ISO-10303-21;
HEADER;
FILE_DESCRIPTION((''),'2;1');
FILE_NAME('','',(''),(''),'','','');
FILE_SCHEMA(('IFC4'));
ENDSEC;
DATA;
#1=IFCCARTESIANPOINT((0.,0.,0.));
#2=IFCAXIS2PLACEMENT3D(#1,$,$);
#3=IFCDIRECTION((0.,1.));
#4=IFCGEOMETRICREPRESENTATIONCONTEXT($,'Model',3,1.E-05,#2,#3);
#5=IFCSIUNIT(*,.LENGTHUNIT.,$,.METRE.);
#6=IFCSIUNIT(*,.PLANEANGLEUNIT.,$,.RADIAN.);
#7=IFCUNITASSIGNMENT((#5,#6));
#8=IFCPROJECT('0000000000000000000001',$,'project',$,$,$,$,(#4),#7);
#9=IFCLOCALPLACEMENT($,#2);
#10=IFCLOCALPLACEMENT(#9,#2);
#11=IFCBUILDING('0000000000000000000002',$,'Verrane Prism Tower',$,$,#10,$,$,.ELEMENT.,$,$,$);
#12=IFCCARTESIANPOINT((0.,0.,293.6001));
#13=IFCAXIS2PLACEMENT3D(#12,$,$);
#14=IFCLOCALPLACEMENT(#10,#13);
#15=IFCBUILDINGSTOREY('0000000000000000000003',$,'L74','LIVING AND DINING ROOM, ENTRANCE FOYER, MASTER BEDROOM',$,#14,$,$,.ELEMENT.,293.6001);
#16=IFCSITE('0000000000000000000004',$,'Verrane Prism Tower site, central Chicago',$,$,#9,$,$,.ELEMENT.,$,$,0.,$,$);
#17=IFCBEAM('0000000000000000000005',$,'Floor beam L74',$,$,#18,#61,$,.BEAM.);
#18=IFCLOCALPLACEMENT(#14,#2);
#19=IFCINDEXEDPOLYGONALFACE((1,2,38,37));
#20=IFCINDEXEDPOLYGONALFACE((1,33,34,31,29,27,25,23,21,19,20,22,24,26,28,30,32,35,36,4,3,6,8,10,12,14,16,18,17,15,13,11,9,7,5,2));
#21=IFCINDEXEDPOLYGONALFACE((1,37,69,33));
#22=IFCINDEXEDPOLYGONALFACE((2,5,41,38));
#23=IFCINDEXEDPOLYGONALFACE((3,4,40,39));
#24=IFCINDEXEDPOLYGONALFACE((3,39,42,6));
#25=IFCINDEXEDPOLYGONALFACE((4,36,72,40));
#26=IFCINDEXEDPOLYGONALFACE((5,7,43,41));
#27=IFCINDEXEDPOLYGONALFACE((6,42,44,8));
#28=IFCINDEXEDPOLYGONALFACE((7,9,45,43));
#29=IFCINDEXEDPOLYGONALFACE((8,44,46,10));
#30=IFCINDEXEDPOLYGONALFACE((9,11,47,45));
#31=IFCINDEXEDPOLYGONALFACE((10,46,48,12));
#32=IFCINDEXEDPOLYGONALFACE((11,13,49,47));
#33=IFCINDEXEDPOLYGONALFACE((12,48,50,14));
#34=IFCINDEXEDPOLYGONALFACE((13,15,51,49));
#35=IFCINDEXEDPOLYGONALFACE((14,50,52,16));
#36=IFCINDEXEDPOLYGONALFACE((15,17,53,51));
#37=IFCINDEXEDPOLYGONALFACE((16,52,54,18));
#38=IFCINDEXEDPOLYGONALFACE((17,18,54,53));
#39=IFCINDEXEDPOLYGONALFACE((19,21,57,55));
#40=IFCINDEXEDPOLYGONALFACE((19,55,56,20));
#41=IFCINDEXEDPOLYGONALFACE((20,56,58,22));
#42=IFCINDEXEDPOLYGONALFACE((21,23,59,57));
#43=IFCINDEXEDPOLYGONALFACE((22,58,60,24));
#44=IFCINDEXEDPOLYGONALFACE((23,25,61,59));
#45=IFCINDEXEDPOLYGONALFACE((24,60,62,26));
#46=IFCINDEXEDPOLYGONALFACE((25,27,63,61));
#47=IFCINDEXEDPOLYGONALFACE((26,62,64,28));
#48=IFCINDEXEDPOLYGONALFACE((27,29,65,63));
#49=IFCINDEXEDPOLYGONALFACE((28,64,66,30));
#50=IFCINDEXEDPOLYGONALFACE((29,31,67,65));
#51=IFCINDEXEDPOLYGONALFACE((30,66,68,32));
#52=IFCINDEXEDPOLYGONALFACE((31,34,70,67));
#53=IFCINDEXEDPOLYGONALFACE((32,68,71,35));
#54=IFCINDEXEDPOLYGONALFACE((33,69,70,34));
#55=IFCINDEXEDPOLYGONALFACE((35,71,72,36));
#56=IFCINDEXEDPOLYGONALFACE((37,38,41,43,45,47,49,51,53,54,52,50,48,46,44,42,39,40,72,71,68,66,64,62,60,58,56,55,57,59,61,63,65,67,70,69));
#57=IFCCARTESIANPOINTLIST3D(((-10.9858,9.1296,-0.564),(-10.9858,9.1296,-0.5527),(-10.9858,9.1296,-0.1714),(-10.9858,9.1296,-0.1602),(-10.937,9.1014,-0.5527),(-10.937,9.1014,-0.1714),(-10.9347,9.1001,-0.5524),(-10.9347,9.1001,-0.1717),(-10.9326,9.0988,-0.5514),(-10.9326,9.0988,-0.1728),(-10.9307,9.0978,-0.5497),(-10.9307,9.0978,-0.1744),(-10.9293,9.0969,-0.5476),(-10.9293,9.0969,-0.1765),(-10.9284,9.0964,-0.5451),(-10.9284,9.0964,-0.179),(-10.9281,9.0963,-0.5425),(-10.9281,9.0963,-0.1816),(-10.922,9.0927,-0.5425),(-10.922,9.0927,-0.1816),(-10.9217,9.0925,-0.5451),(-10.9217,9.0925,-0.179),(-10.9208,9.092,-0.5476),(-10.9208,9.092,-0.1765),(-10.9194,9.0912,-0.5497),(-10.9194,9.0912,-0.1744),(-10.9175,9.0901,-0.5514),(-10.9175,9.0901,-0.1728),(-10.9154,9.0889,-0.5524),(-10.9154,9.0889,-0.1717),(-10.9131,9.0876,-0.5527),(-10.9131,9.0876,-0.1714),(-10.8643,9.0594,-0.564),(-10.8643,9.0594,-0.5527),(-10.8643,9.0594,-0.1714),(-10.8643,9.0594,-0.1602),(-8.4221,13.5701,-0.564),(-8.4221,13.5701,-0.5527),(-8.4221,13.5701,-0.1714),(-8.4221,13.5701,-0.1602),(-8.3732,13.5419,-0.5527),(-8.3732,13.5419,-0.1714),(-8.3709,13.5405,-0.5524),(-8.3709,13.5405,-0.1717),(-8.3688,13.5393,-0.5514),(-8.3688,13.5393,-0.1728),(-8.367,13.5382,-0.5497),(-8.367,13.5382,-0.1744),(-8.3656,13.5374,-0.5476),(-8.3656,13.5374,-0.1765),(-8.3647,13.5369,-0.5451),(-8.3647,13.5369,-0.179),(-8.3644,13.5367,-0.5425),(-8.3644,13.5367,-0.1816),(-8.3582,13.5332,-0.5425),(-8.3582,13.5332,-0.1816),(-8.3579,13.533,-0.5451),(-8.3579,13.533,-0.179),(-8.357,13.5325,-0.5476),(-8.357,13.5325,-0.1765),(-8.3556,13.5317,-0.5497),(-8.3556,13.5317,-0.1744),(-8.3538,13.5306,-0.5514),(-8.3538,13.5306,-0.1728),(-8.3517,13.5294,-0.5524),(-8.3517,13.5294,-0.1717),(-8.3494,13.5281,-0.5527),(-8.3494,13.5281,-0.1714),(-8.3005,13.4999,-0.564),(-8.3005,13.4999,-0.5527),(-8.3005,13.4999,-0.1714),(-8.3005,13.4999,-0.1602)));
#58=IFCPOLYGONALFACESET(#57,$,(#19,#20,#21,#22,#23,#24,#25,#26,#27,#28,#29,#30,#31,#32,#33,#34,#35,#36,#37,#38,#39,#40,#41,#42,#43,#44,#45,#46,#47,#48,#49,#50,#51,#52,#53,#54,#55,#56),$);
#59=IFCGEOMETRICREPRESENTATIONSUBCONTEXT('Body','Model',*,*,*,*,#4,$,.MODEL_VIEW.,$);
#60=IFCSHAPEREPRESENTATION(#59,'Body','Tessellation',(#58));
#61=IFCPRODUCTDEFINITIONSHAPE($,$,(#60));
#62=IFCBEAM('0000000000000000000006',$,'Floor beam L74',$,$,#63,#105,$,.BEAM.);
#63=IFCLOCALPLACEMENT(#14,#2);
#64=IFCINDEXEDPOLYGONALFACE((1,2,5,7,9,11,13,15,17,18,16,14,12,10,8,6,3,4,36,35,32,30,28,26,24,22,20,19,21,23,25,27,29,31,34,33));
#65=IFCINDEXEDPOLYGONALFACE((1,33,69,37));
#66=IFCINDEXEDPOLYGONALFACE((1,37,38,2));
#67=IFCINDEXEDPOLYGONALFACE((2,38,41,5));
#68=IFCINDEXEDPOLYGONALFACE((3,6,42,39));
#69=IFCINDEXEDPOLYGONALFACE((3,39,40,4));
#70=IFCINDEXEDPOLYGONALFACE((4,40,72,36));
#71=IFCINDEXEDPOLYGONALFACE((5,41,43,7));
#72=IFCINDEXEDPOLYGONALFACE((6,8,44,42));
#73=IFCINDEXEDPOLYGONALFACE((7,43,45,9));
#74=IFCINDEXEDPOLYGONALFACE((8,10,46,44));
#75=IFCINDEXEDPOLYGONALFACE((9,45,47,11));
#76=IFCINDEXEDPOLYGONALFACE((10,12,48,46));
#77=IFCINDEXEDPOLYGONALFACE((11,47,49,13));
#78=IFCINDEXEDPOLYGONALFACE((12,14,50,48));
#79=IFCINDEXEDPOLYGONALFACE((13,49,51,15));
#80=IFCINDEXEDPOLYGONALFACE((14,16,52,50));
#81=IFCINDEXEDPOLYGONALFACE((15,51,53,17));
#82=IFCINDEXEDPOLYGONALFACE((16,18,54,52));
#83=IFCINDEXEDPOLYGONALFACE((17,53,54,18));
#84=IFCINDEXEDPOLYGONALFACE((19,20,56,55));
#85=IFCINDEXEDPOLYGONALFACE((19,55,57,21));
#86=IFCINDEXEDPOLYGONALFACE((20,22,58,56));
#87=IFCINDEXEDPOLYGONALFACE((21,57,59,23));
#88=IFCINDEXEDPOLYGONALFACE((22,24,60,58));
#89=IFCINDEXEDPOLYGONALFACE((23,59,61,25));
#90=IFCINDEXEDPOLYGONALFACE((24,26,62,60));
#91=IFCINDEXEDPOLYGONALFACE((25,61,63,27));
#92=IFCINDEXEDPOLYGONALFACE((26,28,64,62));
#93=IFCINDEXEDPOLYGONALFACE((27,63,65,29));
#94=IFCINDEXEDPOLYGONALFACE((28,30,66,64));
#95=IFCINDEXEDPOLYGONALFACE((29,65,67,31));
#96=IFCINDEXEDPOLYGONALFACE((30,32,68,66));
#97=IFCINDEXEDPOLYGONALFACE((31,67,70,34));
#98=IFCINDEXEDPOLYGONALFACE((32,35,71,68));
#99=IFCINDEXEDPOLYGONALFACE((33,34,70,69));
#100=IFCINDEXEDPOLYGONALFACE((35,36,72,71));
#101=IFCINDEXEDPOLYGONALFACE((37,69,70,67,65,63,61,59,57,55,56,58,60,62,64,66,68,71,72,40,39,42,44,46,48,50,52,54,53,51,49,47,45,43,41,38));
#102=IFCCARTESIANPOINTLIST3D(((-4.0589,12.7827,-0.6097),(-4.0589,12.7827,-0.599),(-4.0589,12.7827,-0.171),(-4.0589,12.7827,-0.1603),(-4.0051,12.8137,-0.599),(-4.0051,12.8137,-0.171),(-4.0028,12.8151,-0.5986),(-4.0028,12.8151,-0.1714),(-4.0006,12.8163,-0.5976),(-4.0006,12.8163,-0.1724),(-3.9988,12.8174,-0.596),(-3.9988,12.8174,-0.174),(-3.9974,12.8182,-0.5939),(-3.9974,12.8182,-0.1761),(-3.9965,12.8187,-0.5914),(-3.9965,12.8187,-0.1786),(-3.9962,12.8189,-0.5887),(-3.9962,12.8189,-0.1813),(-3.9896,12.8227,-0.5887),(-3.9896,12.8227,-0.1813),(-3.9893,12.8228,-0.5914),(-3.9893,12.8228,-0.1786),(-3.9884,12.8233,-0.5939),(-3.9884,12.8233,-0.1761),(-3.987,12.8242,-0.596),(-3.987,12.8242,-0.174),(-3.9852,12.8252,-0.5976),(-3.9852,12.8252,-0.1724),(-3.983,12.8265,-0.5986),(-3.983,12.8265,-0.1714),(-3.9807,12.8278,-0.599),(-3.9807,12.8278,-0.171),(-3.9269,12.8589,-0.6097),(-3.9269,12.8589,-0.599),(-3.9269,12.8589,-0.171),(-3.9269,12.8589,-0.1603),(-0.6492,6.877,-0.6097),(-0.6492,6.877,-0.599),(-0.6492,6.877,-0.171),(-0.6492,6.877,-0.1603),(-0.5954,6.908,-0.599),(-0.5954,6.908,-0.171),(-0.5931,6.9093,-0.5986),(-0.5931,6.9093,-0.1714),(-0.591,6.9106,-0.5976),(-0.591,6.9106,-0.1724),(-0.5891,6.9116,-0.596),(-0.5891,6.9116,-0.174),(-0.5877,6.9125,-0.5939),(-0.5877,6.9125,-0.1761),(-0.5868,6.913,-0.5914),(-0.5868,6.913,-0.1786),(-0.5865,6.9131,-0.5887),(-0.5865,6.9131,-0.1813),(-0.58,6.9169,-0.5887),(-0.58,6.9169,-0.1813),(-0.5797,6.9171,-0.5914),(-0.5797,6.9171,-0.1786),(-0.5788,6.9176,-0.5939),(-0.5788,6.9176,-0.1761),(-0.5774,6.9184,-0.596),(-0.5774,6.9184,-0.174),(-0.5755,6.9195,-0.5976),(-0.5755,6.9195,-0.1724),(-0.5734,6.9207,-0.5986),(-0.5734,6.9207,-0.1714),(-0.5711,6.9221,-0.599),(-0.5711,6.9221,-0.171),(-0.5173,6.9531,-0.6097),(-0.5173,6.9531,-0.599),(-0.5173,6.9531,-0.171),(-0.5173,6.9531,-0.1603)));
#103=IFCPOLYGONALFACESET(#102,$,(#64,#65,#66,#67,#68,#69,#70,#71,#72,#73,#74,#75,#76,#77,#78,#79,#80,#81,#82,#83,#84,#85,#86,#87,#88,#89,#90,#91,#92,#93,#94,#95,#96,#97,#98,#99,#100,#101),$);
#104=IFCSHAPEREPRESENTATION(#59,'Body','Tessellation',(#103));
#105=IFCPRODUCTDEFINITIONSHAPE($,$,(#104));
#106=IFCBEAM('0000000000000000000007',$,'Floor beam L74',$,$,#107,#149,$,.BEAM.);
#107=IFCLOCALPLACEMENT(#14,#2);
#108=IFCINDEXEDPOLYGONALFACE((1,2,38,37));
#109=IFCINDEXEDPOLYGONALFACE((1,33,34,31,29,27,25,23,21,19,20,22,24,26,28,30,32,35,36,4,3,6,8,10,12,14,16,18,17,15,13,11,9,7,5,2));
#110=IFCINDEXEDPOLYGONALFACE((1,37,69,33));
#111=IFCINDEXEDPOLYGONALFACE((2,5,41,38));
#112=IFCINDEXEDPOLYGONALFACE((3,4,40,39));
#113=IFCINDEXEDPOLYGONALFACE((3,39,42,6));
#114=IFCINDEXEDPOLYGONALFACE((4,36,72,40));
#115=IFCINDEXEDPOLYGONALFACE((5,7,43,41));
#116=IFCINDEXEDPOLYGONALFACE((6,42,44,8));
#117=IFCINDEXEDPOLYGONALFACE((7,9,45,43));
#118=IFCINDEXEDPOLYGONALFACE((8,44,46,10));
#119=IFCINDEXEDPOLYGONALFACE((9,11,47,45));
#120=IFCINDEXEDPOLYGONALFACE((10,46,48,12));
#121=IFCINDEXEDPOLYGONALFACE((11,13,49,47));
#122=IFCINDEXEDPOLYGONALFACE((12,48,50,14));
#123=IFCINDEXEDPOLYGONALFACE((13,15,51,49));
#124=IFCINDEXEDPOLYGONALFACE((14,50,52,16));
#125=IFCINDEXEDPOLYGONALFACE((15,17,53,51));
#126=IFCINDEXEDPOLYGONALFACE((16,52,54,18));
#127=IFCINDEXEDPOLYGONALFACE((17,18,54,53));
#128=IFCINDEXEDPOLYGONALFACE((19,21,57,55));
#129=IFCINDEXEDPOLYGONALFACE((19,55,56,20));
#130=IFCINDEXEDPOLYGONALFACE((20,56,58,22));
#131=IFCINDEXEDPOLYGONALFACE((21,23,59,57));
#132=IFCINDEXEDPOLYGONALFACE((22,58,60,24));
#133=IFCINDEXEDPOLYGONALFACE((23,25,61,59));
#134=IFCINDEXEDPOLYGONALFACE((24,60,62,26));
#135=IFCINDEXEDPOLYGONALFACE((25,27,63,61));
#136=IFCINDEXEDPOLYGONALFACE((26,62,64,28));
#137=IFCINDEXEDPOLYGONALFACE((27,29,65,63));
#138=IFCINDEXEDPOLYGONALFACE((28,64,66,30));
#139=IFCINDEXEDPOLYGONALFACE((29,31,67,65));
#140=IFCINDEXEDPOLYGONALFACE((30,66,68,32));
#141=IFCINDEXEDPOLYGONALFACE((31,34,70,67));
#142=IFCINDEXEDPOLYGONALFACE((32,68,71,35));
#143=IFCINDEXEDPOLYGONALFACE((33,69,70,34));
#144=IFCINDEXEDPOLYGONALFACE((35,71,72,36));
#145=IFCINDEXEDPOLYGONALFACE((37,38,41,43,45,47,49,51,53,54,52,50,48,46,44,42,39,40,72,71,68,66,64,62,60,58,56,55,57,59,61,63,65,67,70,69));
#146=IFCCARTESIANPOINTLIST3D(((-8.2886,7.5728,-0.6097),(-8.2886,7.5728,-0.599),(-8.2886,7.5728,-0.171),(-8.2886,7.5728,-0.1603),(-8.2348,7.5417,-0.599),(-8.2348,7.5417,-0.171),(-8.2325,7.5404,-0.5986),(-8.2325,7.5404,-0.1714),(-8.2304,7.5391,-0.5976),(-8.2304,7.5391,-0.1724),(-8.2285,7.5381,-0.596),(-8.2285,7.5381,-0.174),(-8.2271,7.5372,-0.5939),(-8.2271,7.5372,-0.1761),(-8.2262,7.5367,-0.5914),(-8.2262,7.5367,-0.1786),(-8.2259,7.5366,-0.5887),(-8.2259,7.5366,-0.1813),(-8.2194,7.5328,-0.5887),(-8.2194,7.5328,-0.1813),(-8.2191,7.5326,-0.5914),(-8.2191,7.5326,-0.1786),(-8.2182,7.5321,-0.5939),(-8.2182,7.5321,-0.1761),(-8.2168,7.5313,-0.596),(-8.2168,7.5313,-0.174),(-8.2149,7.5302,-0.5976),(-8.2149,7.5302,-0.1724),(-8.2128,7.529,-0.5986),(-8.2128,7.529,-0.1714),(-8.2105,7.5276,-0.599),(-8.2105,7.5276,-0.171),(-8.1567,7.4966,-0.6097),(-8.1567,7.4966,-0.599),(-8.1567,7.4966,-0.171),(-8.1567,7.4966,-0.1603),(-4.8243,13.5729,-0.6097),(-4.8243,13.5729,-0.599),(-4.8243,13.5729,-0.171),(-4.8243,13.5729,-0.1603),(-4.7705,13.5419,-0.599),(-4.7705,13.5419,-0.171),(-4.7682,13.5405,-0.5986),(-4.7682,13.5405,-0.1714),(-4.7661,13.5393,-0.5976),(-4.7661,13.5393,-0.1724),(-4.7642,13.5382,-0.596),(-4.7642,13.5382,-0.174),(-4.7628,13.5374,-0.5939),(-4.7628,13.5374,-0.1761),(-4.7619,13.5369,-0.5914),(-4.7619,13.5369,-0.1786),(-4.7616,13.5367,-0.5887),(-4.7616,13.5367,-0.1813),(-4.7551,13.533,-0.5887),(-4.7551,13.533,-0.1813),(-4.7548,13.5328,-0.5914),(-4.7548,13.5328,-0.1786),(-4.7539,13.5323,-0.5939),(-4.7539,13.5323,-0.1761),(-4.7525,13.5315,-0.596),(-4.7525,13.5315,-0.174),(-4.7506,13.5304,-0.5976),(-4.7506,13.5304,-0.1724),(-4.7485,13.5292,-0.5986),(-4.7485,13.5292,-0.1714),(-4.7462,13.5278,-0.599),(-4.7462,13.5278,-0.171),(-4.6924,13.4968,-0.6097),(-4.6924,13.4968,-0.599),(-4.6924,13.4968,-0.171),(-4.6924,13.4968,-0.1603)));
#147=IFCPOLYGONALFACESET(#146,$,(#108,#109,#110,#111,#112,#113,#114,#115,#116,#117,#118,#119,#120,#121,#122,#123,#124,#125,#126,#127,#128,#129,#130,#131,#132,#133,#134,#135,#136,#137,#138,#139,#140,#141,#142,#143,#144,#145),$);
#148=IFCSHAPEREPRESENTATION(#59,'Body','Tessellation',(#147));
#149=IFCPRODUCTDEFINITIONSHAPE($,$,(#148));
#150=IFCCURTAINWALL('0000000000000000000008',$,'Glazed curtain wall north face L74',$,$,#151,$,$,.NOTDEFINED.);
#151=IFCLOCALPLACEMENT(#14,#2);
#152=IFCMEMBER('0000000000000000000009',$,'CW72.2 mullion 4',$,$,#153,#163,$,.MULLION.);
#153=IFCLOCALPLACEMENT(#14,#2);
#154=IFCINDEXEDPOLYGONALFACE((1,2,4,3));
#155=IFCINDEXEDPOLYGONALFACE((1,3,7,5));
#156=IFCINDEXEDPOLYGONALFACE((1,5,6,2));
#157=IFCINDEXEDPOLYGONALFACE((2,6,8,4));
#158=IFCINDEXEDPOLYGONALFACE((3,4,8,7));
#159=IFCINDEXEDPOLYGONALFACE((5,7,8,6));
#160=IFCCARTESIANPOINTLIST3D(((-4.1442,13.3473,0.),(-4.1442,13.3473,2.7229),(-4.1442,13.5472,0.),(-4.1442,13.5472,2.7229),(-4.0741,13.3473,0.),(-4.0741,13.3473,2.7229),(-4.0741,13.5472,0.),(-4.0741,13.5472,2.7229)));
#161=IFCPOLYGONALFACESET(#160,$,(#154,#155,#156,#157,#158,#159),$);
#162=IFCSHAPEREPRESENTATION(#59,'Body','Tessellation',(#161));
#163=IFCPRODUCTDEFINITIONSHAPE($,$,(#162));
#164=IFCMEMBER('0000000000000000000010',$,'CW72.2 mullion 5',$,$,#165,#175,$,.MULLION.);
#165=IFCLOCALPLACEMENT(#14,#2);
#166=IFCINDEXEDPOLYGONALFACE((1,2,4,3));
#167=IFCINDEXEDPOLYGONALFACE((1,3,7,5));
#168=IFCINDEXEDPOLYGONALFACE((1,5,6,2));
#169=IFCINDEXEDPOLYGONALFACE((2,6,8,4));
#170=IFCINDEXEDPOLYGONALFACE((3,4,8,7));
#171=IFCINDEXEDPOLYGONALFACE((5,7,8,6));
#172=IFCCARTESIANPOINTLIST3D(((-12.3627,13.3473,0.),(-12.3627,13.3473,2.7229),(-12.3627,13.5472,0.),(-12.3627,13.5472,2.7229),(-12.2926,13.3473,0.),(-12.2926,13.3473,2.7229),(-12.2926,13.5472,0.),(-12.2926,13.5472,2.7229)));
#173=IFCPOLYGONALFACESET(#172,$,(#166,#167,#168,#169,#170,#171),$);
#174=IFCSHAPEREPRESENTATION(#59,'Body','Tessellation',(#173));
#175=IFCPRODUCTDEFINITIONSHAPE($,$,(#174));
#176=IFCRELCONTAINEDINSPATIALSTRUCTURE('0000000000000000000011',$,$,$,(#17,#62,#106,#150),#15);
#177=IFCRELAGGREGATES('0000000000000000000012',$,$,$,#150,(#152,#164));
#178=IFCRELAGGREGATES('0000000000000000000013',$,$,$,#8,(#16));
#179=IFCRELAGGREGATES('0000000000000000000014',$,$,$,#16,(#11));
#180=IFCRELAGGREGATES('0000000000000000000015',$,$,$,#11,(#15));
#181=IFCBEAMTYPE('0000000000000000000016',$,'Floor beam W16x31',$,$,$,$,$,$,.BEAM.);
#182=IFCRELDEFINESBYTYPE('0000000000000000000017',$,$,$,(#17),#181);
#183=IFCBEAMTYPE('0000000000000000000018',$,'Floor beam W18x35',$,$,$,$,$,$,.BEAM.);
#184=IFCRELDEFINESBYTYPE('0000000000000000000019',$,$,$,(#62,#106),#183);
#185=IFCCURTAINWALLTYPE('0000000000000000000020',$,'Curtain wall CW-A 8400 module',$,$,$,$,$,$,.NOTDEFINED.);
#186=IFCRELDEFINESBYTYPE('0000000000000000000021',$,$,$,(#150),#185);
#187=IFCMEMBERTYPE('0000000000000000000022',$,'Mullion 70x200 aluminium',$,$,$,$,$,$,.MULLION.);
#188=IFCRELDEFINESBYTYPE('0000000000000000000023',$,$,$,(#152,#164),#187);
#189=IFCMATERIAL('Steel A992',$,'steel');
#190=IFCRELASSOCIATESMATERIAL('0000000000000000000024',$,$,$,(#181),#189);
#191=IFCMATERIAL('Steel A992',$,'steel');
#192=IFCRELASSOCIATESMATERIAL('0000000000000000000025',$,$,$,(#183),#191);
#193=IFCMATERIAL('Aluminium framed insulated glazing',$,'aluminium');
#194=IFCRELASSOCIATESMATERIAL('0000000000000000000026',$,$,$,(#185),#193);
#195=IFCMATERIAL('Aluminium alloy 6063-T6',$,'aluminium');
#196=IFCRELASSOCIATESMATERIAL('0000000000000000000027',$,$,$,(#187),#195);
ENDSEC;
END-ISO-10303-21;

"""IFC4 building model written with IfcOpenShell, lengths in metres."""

from ifc_helpers import new_model, si_unit, direction, frame, origin, origin_2d, place, context, subcontext, project, spatial, rectangle, i_section, extrude, material, material_profile, profile_set, type_object, element, aggregate, save


model = new_model("IFC4")

# Units and contexts
model_context = context("Model", 3, precision=1e-05, world=origin(), true_north=direction((0.0, 1.0)))
body_context = subcontext(model_context, "Body", "Model", "MODEL_VIEW")
ifc_project = project(units=[si_unit("LENGTHUNIT", "METRE"), si_unit("PLANEANGLEUNIT", "RADIAN")], contexts=[model_context])

# Site, building, storey
site_placement = place(None, origin())
site = spatial("IfcSite", under=ifc_project, at=site_placement, Name="Verrane Prism Tower site, central Chicago", CompositionType="ELEMENT", RefElevation=0.0)
building_placement = place(site_placement, origin())
building = spatial("IfcBuilding", under=site, at=building_placement, Name="Verrane Prism Tower", CompositionType="ELEMENT")
storey_placement = place(building_placement, frame((0.0, 0.0, 293.6001)))
storey = spatial("IfcBuildingStorey", under=building, at=storey_placement, Name="L74", Description="LIVING AND DINING ROOM, ENTRANCE FOYER, MASTER BEDROOM", CompositionType="ELEMENT", Elevation=293.6001)

# Beams
ifc_material_1 = material(Name="Steel A992", Category="steel")
ifc_material_profile_1 = material_profile(ifc_material_1, i_section(OverallWidth=0.1404, OverallDepth=0.4038, WebThickness=0.0071, FlangeThickness=0.0112, FilletRadius=0.0103, at=origin_2d()), Name="W16x31")
ifc_profile_set_1 = profile_set([ifc_material_profile_1], Name="Steel A992")
beam_type_1 = type_object("IfcBeamType", Name="Floor beam W16x31", PredefinedType="BEAM", material=ifc_profile_set_1)
beam_1_placement = place(storey_placement, frame((-10.925, 9.0945, -0.3621), z_axis=(0.500005, 0.866022, 0.0), x_axis=(-0.866022, 0.500005, 0.0)))
element("IfcBeam", 1, at=beam_1_placement, inside=storey, type_object=beam_type_1, Name="Floor beam L74", PredefinedType="BEAM", context=body_context, shape_type="SweptSolid", body=[
    extrude(i_section(OverallWidth=0.1404, OverallDepth=0.4038, WebThickness=0.0071, FlangeThickness=0.0112, FilletRadius=0.0103, at=origin_2d()), origin(), (0.0, 0.0, 1.0), 5.1274),
])
ifc_material_2 = material(Name="Steel A992", Category="steel")
ifc_material_profile_2 = material_profile(ifc_material_2, i_section(OverallWidth=0.1523, OverallDepth=0.4495, WebThickness=0.0076, FlangeThickness=0.0107, FilletRadius=0.0103, at=origin_2d()), Name="W18x35")
ifc_profile_set_2 = profile_set([ifc_material_profile_2], Name="Steel A992")
beam_type_2 = type_object("IfcBeamType", Name="Floor beam W18x35", PredefinedType="BEAM", material=ifc_profile_set_2)
beam_2_placement = place(storey_placement, frame((-0.5833, 6.915, -0.385), z_axis=(-0.499997, 0.866027, 0.0), x_axis=(-0.866027, -0.499997, 0.0)))
element("IfcBeam", 2, at=beam_2_placement, inside=storey, type_object=beam_type_2, Name="Floor beam L74", PredefinedType="BEAM", context=body_context, shape_type="SweptSolid", body=[
    extrude(i_section(OverallWidth=0.1523, OverallDepth=0.4495, WebThickness=0.0076, FlangeThickness=0.0107, FilletRadius=0.0103, at=origin_2d()), origin(), (0.0, 0.0, 1.0), 6.8193),
])
beam_3_placement = place(storey_placement, frame((-8.2227, 7.5347, -0.385), z_axis=(0.500012, 0.866018, 0.0), x_axis=(-0.866018, 0.500012, 0.0)))
element("IfcBeam", 3, at=beam_3_placement, inside=storey, type_object=beam_type_2, Name="Floor beam L74", PredefinedType="BEAM", context=body_context, shape_type="SweptSolid", body=[
    extrude(i_section(OverallWidth=0.1523, OverallDepth=0.4495, WebThickness=0.0076, FlangeThickness=0.0107, FilletRadius=0.0103, at=origin_2d()), origin(), (0.0, 0.0, 1.0), 6.9285),
])

# Curtain wall, members
ifc_material_3 = material(Name="Aluminium framed insulated glazing", Category="aluminium")
curtain_wall_type = type_object("IfcCurtainWallType", Name="Curtain wall CW-A 8400 module", PredefinedType="NOTDEFINED", material=ifc_material_3)
curtain_wall_placement = place(storey_placement, origin())
curtain_wall = element("IfcCurtainWall", 4, at=curtain_wall_placement, inside=storey, type_object=curtain_wall_type, Name="Glazed curtain wall north face L74", PredefinedType="NOTDEFINED")
ifc_material_4 = material(Name="Aluminium alloy 6063-T6", Category="aluminium")
ifc_material_profile_3 = material_profile(ifc_material_4, rectangle(XDim=0.2, YDim=0.0701, at=origin_2d()), Name="Mullion 70x200 aluminium")
ifc_profile_set_3 = profile_set([ifc_material_profile_3], Name="Aluminium alloy 6063-T6")
member_type_1 = type_object("IfcMemberType", Name="Mullion 70x200 aluminium", PredefinedType="MULLION", material=ifc_profile_set_3)
member_1_placement = place(storey_placement, frame((-4.1091, 13.4473, 0.0), z_axis=(0.0, 0.0, 1.0), x_axis=(0.0, -1.0, 0.0)))
member_1 = element("IfcMember", 5, at=member_1_placement, type_object=member_type_1, Name="CW72.2 mullion 4", PredefinedType="MULLION", context=body_context, shape_type="SweptSolid", body=[
    extrude(rectangle(XDim=0.2, YDim=0.0701, at=origin_2d()), origin(), (0.0, 0.0, 1.0), 2.7229),
])
member_2_placement = place(storey_placement, frame((-12.3276, 13.4473, 0.0), z_axis=(0.0, 0.0, 1.0), x_axis=(0.0, -1.0, 0.0)))
member_2 = element("IfcMember", 6, at=member_2_placement, type_object=member_type_1, Name="CW72.2 mullion 5", PredefinedType="MULLION", context=body_context, shape_type="SweptSolid", body=[
    extrude(rectangle(XDim=0.2, YDim=0.0701, at=origin_2d()), origin(), (0.0, 0.0, 1.0), 2.7229),
])

aggregate(curtain_wall, [member_1, member_2])

save(model, "model.ifc")
